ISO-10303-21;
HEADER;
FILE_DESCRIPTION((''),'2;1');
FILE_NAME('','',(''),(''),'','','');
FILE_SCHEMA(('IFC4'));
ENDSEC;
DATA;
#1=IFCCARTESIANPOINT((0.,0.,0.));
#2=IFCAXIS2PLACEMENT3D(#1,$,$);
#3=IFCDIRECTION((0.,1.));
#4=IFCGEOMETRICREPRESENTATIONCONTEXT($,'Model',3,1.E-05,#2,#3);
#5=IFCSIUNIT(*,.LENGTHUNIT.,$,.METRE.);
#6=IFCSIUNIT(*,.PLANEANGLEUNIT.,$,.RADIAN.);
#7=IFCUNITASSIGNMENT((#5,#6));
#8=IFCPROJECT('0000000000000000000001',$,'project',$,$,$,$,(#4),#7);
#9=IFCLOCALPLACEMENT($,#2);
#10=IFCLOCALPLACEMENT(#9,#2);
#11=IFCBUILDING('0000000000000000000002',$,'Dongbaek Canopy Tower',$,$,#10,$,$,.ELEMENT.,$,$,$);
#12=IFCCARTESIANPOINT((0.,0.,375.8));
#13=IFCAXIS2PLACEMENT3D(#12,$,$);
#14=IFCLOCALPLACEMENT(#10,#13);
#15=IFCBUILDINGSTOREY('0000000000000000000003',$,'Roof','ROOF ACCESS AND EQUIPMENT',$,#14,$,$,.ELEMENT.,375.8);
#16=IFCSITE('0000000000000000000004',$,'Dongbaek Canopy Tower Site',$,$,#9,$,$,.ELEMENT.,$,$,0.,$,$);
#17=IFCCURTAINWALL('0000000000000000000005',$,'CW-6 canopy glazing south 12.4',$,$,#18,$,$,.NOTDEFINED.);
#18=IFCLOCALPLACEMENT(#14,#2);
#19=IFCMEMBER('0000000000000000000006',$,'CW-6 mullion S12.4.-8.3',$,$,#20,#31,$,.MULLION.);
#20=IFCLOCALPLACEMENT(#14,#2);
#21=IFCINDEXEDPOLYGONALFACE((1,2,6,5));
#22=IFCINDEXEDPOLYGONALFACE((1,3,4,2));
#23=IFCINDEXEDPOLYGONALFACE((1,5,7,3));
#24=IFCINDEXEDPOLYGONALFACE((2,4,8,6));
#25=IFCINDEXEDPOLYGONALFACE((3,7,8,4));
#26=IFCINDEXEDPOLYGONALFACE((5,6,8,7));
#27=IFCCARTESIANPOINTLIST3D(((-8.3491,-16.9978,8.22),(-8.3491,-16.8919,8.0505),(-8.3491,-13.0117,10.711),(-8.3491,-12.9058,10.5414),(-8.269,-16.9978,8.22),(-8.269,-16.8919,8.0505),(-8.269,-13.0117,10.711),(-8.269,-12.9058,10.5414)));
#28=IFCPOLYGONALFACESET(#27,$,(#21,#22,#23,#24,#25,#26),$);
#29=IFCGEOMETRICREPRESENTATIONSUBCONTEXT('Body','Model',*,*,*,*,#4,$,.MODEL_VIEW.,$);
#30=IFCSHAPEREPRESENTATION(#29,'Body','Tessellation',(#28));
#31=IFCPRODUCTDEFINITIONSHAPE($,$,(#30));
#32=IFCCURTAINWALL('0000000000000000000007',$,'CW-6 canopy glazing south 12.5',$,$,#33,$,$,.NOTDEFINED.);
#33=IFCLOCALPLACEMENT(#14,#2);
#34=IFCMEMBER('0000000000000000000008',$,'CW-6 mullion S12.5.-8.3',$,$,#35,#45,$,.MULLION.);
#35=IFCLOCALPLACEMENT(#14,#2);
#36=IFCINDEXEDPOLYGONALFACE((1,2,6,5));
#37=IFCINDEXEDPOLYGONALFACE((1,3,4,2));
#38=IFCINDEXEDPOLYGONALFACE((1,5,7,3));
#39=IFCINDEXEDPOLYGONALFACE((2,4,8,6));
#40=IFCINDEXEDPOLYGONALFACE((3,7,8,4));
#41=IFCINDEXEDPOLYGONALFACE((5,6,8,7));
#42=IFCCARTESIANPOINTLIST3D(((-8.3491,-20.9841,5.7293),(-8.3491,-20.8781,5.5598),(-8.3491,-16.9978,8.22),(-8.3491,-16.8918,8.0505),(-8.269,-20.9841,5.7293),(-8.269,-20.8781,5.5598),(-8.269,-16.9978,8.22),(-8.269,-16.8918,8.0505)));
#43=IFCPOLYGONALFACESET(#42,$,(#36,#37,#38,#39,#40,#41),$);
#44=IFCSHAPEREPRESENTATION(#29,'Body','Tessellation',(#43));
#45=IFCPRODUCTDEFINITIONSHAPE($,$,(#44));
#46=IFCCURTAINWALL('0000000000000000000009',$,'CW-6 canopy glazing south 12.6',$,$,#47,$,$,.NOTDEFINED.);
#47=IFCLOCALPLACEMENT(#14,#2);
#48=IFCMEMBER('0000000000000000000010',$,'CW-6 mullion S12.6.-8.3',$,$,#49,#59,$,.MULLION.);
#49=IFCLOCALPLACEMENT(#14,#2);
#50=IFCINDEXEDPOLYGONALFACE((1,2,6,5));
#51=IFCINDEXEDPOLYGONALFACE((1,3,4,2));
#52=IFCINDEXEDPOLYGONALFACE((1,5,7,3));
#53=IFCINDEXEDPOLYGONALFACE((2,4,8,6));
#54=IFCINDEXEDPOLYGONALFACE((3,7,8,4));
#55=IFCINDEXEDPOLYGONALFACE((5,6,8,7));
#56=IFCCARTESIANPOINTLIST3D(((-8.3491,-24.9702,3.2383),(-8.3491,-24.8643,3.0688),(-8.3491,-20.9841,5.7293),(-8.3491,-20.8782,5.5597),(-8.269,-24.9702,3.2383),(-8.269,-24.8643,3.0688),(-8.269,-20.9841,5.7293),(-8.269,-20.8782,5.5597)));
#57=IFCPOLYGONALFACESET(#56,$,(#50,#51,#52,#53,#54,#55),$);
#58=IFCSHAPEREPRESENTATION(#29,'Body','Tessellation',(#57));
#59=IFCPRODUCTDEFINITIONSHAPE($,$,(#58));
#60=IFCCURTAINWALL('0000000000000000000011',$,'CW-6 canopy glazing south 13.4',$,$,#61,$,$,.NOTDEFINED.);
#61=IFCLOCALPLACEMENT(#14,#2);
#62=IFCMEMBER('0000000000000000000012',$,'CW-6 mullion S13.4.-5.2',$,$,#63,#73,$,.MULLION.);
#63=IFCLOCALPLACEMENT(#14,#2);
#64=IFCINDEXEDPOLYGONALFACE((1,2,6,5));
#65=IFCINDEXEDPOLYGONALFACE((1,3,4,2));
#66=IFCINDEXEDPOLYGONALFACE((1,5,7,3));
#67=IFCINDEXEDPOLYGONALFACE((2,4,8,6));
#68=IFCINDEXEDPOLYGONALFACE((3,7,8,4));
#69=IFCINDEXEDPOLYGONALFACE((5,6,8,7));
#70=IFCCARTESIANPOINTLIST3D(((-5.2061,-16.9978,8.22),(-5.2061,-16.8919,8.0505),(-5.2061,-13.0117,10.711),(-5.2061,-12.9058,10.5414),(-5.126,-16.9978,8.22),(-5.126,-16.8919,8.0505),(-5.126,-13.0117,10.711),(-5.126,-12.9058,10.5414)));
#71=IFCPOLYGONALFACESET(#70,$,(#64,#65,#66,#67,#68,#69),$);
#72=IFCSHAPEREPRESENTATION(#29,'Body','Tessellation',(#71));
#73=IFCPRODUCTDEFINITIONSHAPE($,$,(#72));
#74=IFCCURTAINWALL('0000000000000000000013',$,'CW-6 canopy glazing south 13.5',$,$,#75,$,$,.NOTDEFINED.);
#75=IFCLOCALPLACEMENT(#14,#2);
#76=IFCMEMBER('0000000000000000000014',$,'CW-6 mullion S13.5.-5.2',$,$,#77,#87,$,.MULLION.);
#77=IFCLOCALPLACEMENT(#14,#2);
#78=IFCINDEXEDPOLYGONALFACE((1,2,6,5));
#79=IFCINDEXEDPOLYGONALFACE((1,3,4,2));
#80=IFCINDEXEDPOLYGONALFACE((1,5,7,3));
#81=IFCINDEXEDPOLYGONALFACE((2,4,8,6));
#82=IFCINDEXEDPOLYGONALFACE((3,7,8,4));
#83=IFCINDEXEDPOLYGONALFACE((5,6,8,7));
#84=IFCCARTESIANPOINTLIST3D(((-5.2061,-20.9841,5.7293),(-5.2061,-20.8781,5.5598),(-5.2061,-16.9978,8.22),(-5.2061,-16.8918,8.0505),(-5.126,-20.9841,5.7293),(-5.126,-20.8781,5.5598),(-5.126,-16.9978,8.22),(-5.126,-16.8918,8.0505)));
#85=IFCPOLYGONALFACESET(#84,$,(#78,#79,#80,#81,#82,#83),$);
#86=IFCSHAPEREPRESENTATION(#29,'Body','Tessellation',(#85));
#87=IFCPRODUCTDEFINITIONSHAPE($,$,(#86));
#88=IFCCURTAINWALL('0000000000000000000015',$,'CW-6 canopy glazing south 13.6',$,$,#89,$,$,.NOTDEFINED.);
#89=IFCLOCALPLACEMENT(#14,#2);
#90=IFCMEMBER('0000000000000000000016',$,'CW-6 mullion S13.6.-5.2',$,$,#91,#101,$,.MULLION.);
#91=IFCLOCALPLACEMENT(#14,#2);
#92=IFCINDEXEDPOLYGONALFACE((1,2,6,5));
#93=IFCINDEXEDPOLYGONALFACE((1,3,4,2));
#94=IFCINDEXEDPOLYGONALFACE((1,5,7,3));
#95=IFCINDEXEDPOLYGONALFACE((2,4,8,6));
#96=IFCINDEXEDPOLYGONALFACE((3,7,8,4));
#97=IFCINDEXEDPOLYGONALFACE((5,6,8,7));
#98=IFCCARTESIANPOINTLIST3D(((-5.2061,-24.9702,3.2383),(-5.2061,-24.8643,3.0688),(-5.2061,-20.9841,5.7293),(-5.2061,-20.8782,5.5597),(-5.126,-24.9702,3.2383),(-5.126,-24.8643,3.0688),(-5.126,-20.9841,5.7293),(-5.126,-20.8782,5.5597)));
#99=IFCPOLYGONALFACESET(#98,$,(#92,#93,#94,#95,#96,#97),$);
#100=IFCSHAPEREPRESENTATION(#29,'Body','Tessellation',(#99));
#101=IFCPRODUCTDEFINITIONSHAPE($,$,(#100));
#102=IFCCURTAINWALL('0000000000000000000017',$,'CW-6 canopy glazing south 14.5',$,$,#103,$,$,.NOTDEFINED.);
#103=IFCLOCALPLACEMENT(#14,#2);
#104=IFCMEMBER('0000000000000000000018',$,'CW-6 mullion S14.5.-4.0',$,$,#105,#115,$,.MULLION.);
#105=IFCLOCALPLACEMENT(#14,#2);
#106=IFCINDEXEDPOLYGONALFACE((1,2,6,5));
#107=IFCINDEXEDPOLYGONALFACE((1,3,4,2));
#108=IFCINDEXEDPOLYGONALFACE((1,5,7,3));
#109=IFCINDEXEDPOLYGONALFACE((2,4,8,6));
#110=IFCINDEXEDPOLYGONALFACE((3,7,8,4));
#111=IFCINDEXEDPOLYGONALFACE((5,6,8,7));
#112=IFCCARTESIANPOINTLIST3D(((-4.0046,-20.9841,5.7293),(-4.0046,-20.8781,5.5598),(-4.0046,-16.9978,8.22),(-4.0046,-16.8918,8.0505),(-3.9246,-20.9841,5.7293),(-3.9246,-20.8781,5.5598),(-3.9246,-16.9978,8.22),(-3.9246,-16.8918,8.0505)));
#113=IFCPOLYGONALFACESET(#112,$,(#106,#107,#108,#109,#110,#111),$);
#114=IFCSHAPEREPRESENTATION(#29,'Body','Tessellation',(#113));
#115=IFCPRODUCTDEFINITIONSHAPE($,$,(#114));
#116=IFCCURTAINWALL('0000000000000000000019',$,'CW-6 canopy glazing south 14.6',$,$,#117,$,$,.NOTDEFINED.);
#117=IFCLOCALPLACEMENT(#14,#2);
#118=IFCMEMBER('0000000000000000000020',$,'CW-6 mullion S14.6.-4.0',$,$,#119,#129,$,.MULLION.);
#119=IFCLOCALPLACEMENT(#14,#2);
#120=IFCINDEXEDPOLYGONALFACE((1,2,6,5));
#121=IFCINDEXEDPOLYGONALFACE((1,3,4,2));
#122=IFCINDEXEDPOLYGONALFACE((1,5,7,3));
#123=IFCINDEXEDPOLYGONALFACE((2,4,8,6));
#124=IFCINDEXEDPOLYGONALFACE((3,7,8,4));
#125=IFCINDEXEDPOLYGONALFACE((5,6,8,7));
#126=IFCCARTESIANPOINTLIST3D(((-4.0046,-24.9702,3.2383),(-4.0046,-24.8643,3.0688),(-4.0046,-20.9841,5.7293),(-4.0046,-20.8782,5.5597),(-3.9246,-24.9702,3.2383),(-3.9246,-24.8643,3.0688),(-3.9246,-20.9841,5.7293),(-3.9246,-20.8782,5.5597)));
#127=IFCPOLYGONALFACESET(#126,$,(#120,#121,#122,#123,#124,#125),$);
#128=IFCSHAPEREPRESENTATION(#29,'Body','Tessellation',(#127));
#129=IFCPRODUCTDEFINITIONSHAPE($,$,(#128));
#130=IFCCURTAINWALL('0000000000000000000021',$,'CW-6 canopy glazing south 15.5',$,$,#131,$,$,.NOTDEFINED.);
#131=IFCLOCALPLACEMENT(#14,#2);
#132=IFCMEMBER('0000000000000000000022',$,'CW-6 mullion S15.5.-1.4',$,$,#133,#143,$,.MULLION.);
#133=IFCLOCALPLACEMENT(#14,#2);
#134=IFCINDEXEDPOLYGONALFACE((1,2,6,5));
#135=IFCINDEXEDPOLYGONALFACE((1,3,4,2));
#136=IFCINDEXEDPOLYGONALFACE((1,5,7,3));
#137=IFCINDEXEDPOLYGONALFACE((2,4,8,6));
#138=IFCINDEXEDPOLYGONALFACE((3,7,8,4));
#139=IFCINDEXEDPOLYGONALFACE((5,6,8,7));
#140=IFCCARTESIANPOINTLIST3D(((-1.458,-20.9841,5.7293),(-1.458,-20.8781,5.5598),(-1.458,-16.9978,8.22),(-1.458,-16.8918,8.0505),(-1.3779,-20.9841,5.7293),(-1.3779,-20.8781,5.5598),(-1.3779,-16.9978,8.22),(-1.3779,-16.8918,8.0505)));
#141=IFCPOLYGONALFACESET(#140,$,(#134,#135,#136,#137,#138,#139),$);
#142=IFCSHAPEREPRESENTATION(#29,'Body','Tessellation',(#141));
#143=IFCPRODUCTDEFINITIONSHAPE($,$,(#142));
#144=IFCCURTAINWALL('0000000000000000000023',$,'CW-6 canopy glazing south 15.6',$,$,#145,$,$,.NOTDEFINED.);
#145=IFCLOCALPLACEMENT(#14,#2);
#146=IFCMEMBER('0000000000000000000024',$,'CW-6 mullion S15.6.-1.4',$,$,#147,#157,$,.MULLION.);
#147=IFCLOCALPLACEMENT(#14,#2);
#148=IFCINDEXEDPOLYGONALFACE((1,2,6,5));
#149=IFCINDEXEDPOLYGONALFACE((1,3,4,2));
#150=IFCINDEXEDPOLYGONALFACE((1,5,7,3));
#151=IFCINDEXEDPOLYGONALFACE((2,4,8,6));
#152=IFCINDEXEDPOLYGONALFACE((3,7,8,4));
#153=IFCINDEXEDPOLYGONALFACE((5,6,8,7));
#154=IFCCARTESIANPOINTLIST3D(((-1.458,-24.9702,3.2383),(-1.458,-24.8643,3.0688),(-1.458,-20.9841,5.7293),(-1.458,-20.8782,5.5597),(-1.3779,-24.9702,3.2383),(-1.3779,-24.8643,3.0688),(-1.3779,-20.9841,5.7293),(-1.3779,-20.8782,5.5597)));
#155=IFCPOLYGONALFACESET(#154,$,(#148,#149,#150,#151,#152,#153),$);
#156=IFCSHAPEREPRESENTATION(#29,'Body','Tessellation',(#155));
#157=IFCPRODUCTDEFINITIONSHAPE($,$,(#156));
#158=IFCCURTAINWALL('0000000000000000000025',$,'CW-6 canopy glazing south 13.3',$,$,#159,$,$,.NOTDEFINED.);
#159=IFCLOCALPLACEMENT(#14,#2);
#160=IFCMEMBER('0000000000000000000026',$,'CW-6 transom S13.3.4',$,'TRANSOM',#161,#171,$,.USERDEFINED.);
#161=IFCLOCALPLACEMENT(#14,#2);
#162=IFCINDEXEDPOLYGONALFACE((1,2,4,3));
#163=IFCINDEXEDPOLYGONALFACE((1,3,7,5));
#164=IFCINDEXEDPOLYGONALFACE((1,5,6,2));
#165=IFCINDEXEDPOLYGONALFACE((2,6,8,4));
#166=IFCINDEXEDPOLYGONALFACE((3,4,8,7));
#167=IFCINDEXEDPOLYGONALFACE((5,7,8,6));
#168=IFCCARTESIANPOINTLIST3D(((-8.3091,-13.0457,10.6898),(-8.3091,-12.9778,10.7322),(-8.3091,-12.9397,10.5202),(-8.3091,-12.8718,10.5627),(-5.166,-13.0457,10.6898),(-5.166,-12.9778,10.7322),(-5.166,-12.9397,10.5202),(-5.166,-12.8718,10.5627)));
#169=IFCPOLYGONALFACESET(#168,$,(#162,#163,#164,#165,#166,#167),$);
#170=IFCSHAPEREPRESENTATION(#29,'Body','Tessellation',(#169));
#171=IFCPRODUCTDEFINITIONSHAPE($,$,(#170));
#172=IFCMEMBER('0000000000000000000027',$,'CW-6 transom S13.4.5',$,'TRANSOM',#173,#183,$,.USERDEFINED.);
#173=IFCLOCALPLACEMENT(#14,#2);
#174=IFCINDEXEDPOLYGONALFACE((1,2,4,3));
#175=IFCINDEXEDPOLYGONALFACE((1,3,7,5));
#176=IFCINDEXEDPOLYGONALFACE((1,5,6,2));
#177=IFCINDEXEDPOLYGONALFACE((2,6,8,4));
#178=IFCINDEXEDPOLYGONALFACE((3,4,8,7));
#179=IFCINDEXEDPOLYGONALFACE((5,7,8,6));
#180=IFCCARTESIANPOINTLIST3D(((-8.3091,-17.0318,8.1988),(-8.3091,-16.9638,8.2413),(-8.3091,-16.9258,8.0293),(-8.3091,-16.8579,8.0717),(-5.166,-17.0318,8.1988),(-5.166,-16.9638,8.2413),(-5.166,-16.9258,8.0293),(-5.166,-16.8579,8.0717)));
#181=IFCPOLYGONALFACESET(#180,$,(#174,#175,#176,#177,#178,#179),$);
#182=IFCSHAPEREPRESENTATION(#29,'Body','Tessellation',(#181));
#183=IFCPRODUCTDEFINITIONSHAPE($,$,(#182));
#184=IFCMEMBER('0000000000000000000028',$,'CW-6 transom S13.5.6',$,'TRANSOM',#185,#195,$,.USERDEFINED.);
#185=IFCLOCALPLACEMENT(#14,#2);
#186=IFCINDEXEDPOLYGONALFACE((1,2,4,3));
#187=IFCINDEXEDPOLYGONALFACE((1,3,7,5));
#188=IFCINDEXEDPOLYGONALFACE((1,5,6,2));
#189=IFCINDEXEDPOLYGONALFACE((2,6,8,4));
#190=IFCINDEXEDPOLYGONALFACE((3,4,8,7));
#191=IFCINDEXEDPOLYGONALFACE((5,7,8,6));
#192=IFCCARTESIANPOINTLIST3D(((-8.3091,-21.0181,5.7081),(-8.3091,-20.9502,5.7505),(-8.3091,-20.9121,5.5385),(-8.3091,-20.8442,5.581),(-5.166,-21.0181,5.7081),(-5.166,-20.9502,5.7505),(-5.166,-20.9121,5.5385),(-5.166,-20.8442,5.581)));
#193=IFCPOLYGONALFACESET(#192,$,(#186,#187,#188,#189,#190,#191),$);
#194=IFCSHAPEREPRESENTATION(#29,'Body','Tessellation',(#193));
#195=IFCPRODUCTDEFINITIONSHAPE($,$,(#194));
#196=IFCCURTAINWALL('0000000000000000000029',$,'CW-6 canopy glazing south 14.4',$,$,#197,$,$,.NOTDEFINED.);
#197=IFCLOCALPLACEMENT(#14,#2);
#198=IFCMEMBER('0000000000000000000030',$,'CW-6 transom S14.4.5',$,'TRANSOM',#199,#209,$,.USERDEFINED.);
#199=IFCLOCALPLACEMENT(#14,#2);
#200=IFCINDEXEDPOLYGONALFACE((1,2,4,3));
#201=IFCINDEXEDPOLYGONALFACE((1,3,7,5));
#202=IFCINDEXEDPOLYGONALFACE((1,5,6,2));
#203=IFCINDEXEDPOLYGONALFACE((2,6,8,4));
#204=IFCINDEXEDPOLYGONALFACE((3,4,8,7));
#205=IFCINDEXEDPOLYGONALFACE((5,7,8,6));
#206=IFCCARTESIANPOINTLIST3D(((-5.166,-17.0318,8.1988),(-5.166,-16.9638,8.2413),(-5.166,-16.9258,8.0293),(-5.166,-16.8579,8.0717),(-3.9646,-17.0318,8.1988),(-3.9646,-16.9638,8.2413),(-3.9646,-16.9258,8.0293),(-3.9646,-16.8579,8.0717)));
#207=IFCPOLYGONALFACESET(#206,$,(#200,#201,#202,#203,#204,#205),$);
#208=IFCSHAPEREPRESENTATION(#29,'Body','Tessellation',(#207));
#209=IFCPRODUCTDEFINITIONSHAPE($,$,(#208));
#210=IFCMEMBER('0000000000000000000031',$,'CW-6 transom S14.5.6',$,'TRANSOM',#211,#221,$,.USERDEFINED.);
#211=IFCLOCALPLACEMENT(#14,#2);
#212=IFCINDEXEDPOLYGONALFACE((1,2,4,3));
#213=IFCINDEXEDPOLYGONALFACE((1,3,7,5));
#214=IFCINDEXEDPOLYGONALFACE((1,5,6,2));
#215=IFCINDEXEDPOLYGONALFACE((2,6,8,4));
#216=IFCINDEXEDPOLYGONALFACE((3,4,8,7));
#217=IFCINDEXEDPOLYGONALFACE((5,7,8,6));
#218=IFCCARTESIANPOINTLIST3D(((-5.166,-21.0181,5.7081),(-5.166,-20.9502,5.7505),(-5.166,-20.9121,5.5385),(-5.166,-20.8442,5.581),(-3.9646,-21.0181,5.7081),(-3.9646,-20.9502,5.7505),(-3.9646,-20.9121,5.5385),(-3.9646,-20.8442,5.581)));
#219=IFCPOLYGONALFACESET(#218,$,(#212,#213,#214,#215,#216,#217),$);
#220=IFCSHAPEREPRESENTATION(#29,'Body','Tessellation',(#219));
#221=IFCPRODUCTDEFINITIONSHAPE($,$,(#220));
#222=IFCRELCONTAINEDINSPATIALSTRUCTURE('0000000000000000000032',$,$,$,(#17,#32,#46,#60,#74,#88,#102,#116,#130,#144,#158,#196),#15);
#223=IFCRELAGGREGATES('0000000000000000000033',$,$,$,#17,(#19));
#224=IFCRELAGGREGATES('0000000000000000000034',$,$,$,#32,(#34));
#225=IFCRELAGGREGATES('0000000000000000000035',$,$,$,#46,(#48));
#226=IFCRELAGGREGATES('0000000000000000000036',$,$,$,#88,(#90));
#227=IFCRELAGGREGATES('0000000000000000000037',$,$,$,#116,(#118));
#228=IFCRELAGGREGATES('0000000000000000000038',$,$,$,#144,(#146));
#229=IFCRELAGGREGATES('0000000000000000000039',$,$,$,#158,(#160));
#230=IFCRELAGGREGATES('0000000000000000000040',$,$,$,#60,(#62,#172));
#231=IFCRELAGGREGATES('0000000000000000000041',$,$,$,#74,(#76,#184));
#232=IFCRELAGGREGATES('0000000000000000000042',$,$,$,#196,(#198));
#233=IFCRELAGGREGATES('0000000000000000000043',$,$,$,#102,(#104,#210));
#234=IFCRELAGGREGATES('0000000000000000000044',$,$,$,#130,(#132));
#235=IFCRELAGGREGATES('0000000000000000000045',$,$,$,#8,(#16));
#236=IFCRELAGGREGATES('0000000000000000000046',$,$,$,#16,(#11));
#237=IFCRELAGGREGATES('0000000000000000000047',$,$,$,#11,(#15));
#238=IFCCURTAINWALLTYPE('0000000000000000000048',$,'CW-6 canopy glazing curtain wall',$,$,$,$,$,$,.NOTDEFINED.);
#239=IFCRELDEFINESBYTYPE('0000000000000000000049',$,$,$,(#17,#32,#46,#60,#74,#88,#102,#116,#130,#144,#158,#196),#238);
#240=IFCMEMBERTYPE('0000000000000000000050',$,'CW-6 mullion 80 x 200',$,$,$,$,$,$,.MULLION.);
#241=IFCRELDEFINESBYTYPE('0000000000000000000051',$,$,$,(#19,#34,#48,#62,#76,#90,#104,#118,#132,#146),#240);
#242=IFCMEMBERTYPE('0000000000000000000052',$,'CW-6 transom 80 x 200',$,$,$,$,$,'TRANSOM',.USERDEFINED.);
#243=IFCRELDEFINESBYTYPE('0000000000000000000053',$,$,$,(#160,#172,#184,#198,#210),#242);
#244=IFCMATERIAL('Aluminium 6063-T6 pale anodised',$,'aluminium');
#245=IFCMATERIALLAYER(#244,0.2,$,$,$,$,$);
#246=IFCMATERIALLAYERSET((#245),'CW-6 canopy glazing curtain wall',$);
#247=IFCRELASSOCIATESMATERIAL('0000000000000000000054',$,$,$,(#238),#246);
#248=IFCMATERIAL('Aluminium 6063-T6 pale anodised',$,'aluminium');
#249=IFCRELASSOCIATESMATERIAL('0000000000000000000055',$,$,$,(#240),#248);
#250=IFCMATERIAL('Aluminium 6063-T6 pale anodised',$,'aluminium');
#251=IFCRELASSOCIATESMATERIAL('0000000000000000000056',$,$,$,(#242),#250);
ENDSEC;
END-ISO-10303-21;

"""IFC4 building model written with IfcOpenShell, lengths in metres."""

from ifc_helpers import new_model, si_unit, direction, frame, origin, origin_2d, place, context, subcontext, project, spatial, rectangle, extrude, material, layer, layer_set, material_profile, profile_set, type_object, element, aggregate, save


model = new_model("IFC4")

# Units and contexts
model_context = context("Model", 3, precision=1e-05, world=origin(), true_north=direction((0.0, 1.0)))
body_context = subcontext(model_context, "Body", "Model", "MODEL_VIEW")
ifc_project = project(units=[si_unit("LENGTHUNIT", "METRE"), si_unit("PLANEANGLEUNIT", "RADIAN")], contexts=[model_context])

# Site, building, storey
site_placement = place(None, origin())
site = spatial("IfcSite", under=ifc_project, at=site_placement, Name="Dongbaek Canopy Tower Site", CompositionType="ELEMENT", RefElevation=0.0)
building_placement = place(site_placement, origin())
building = spatial("IfcBuilding", under=site, at=building_placement, Name="Dongbaek Canopy Tower", CompositionType="ELEMENT")
storey_placement = place(building_placement, frame((0.0, 0.0, 375.8)))
storey = spatial("IfcBuildingStorey", under=building, at=storey_placement, Name="Roof", Description="ROOF ACCESS AND EQUIPMENT", CompositionType="ELEMENT", Elevation=375.8)

# Curtain walls, members
ifc_material_1 = material(Name="Aluminium 6063-T6 pale anodised", Category="aluminium")
ifc_layer_1 = layer(ifc_material_1, 0.2)
ifc_layer_set_1 = layer_set([ifc_layer_1], Name="CW-6 canopy glazing curtain wall")
curtain_wall_type = type_object("IfcCurtainWallType", Name="CW-6 canopy glazing curtain wall", PredefinedType="NOTDEFINED", material=ifc_layer_set_1)
curtain_wall_1_placement = place(storey_placement, origin())
curtain_wall_1 = element("IfcCurtainWall", 1, at=curtain_wall_1_placement, inside=storey, type_object=curtain_wall_type, Name="CW-6 canopy glazing south 12.4", PredefinedType="NOTDEFINED")
ifc_material_2 = material(Name="Aluminium 6063-T6 pale anodised", Category="aluminium")
ifc_material_profile_1 = material_profile(ifc_material_2, rectangle(XDim=0.0801, YDim=0.2, at=origin_2d()), Name="CW-6 mullion 80 x 200")
ifc_profile_set_1 = profile_set([ifc_material_profile_1], Name="Aluminium 6063-T6 pale anodised")
member_type_1 = type_object("IfcMemberType", Name="CW-6 mullion 80 x 200", PredefinedType="MULLION", material=ifc_profile_set_1)
member_1_placement = place(storey_placement, frame((-8.3091, -12.9587, 10.6262), z_axis=(0.0, -0.84803, -0.529948), x_axis=(1.0, 0.0, 0.0)))
member_1 = element("IfcMember", 2, at=member_1_placement, type_object=member_type_1, Name="CW-6 mullion S12.4.-8.3", PredefinedType="MULLION", context=body_context, shape_type="SweptSolid", body=[
    extrude(rectangle(XDim=0.0801, YDim=0.2, at=origin_2d()), origin(), (0.0, 0.0, 1.0), 4.7004),
])
aggregate(curtain_wall_1, [member_1])
curtain_wall_2_placement = place(storey_placement, origin())
curtain_wall_2 = element("IfcCurtainWall", 3, at=curtain_wall_2_placement, inside=storey, type_object=curtain_wall_type, Name="CW-6 canopy glazing south 12.5", PredefinedType="NOTDEFINED")
member_2_placement = place(storey_placement, frame((-8.3091, -16.9448, 8.1353), z_axis=(0.0, -0.848068, -0.529887), x_axis=(1.0, 0.0, 0.0)))
member_2 = element("IfcMember", 4, at=member_2_placement, type_object=member_type_1, Name="CW-6 mullion S12.5.-8.3", PredefinedType="MULLION", context=body_context, shape_type="SweptSolid", body=[
    extrude(rectangle(XDim=0.0801, YDim=0.2, at=origin_2d()), origin(), (0.0, 0.0, 1.0), 4.7004),
])
aggregate(curtain_wall_2, [member_2])
curtain_wall_3_placement = place(storey_placement, origin())
curtain_wall_3 = element("IfcCurtainWall", 5, at=curtain_wall_3_placement, inside=storey, type_object=curtain_wall_type, Name="CW-6 canopy glazing south 12.6", PredefinedType="NOTDEFINED")
member_3_placement = place(storey_placement, frame((-8.3091, -20.9312, 5.6445), z_axis=(0.0, -0.84803, -0.529948), x_axis=(1.0, 0.0, 0.0)))
member_3 = element("IfcMember", 6, at=member_3_placement, type_object=member_type_1, Name="CW-6 mullion S12.6.-8.3", PredefinedType="MULLION", context=body_context, shape_type="SweptSolid", body=[
    extrude(rectangle(XDim=0.0801, YDim=0.2, at=origin_2d()), origin(), (0.0, 0.0, 1.0), 4.7004),
])
aggregate(curtain_wall_3, [member_3])
curtain_wall_4_placement = place(storey_placement, origin())
curtain_wall_4 = element("IfcCurtainWall", 7, at=curtain_wall_4_placement, inside=storey, type_object=curtain_wall_type, Name="CW-6 canopy glazing south 13.4", PredefinedType="NOTDEFINED")
member_4_placement = place(storey_placement, frame((-5.166, -12.9587, 10.6262), z_axis=(0.0, -0.84803, -0.529948), x_axis=(1.0, 0.0, 0.0)))
member_4 = element("IfcMember", 8, at=member_4_placement, type_object=member_type_1, Name="CW-6 mullion S13.4.-5.2", PredefinedType="MULLION", context=body_context, shape_type="SweptSolid", body=[
    extrude(rectangle(XDim=0.0801, YDim=0.2, at=origin_2d()), origin(), (0.0, 0.0, 1.0), 4.7004),
])
curtain_wall_5_placement = place(storey_placement, origin())
curtain_wall_5 = element("IfcCurtainWall", 9, at=curtain_wall_5_placement, inside=storey, type_object=curtain_wall_type, Name="CW-6 canopy glazing south 13.5", PredefinedType="NOTDEFINED")
member_5_placement = place(storey_placement, frame((-5.166, -16.9448, 8.1353), z_axis=(0.0, -0.848068, -0.529887), x_axis=(1.0, 0.0, 0.0)))
member_5 = element("IfcMember", 10, at=member_5_placement, type_object=member_type_1, Name="CW-6 mullion S13.5.-5.2", PredefinedType="MULLION", context=body_context, shape_type="SweptSolid", body=[
    extrude(rectangle(XDim=0.0801, YDim=0.2, at=origin_2d()), origin(), (0.0, 0.0, 1.0), 4.7004),
])
curtain_wall_6_placement = place(storey_placement, origin())
curtain_wall_6 = element("IfcCurtainWall", 11, at=curtain_wall_6_placement, inside=storey, type_object=curtain_wall_type, Name="CW-6 canopy glazing south 13.6", PredefinedType="NOTDEFINED")
member_6_placement = place(storey_placement, frame((-5.166, -20.9312, 5.6445), z_axis=(0.0, -0.84803, -0.529948), x_axis=(1.0, 0.0, 0.0)))
member_6 = element("IfcMember", 12, at=member_6_placement, type_object=member_type_1, Name="CW-6 mullion S13.6.-5.2", PredefinedType="MULLION", context=body_context, shape_type="SweptSolid", body=[
    extrude(rectangle(XDim=0.0801, YDim=0.2, at=origin_2d()), origin(), (0.0, 0.0, 1.0), 4.7004),
])
aggregate(curtain_wall_6, [member_6])
curtain_wall_7_placement = place(storey_placement, origin())
curtain_wall_7 = element("IfcCurtainWall", 13, at=curtain_wall_7_placement, inside=storey, type_object=curtain_wall_type, Name="CW-6 canopy glazing south 14.5", PredefinedType="NOTDEFINED")
member_7_placement = place(storey_placement, frame((-3.9646, -16.9448, 8.1353), z_axis=(0.0, -0.848068, -0.529887), x_axis=(1.0, 0.0, 0.0)))
member_7 = element("IfcMember", 14, at=member_7_placement, type_object=member_type_1, Name="CW-6 mullion S14.5.-4.0", PredefinedType="MULLION", context=body_context, shape_type="SweptSolid", body=[
    extrude(rectangle(XDim=0.0801, YDim=0.2, at=origin_2d()), origin(), (0.0, 0.0, 1.0), 4.7004),
])
curtain_wall_8_placement = place(storey_placement, origin())
curtain_wall_8 = element("IfcCurtainWall", 15, at=curtain_wall_8_placement, inside=storey, type_object=curtain_wall_type, Name="CW-6 canopy glazing south 14.6", PredefinedType="NOTDEFINED")
member_8_placement = place(storey_placement, frame((-3.9646, -20.9312, 5.6445), z_axis=(0.0, -0.84803, -0.529948), x_axis=(1.0, 0.0, 0.0)))
member_8 = element("IfcMember", 16, at=member_8_placement, type_object=member_type_1, Name="CW-6 mullion S14.6.-4.0", PredefinedType="MULLION", context=body_context, shape_type="SweptSolid", body=[
    extrude(rectangle(XDim=0.0801, YDim=0.2, at=origin_2d()), origin(), (0.0, 0.0, 1.0), 4.7004),
])
aggregate(curtain_wall_8, [member_8])
curtain_wall_9_placement = place(storey_placement, origin())
curtain_wall_9 = element("IfcCurtainWall", 17, at=curtain_wall_9_placement, inside=storey, type_object=curtain_wall_type, Name="CW-6 canopy glazing south 15.5", PredefinedType="NOTDEFINED")
member_9_placement = place(storey_placement, frame((-1.418, -16.9448, 8.1353), z_axis=(0.0, -0.848068, -0.529887), x_axis=(1.0, 0.0, 0.0)))
member_9 = element("IfcMember", 18, at=member_9_placement, type_object=member_type_1, Name="CW-6 mullion S15.5.-1.4", PredefinedType="MULLION", context=body_context, shape_type="SweptSolid", body=[
    extrude(rectangle(XDim=0.0801, YDim=0.2, at=origin_2d()), origin(), (0.0, 0.0, 1.0), 4.7004),
])
curtain_wall_10_placement = place(storey_placement, origin())
curtain_wall_10 = element("IfcCurtainWall", 19, at=curtain_wall_10_placement, inside=storey, type_object=curtain_wall_type, Name="CW-6 canopy glazing south 15.6", PredefinedType="NOTDEFINED")
member_10_placement = place(storey_placement, frame((-1.418, -20.9312, 5.6445), z_axis=(0.0, -0.84803, -0.529948), x_axis=(1.0, 0.0, 0.0)))
member_10 = element("IfcMember", 20, at=member_10_placement, type_object=member_type_1, Name="CW-6 mullion S15.6.-1.4", PredefinedType="MULLION", context=body_context, shape_type="SweptSolid", body=[
    extrude(rectangle(XDim=0.0801, YDim=0.2, at=origin_2d()), origin(), (0.0, 0.0, 1.0), 4.7004),
])
aggregate(curtain_wall_10, [member_10])
curtain_wall_11_placement = place(storey_placement, origin())
curtain_wall_11 = element("IfcCurtainWall", 21, at=curtain_wall_11_placement, inside=storey, type_object=curtain_wall_type, Name="CW-6 canopy glazing south 13.3", PredefinedType="NOTDEFINED")
ifc_material_3 = material(Name="Aluminium 6063-T6 pale anodised", Category="aluminium")
ifc_material_profile_2 = material_profile(ifc_material_3, rectangle(XDim=0.0801, YDim=0.2, at=origin_2d()), Name="CW-6 transom 80 x 200")
ifc_profile_set_2 = profile_set([ifc_material_profile_2], Name="Aluminium 6063-T6 pale anodised")
member_type_2 = type_object("IfcMemberType", Name="CW-6 transom 80 x 200", ElementType="TRANSOM", PredefinedType="USERDEFINED", material=ifc_profile_set_2)
member_11_placement = place(storey_placement, frame((-8.3091, -12.9587, 10.6262), z_axis=(1.0, 0.0, 0.0), x_axis=(0.0, 0.848048, 0.529919)))
member_11 = element("IfcMember", 22, at=member_11_placement, type_object=member_type_2, Name="CW-6 transom S13.3.4", ObjectType="TRANSOM", PredefinedType="USERDEFINED", context=body_context, shape_type="SweptSolid", body=[
    extrude(rectangle(XDim=0.0801, YDim=0.2, at=origin_2d()), origin(), (0.0, 0.0, 1.0), 3.1431),
])
aggregate(curtain_wall_11, [member_11])

# Members
member_12_placement = place(storey_placement, frame((-8.3091, -16.9448, 8.1353), z_axis=(1.0, 0.0, 0.0), x_axis=(0.0, 0.848048, 0.529919)))
member_12 = element("IfcMember", 23, at=member_12_placement, type_object=member_type_2, Name="CW-6 transom S13.4.5", ObjectType="TRANSOM", PredefinedType="USERDEFINED", context=body_context, shape_type="SweptSolid", body=[
    extrude(rectangle(XDim=0.0801, YDim=0.2, at=origin_2d()), origin(), (0.0, 0.0, 1.0), 3.1431),
])
member_13_placement = place(storey_placement, frame((-8.3091, -20.9312, 5.6445), z_axis=(1.0, 0.0, 0.0), x_axis=(0.0, 0.848048, 0.529919)))
member_13 = element("IfcMember", 24, at=member_13_placement, type_object=member_type_2, Name="CW-6 transom S13.5.6", ObjectType="TRANSOM", PredefinedType="USERDEFINED", context=body_context, shape_type="SweptSolid", body=[
    extrude(rectangle(XDim=0.0801, YDim=0.2, at=origin_2d()), origin(), (0.0, 0.0, 1.0), 3.1431),
])

# Curtain wall, member
curtain_wall_12_placement = place(storey_placement, origin())
curtain_wall_12 = element("IfcCurtainWall", 25, at=curtain_wall_12_placement, inside=storey, type_object=curtain_wall_type, Name="CW-6 canopy glazing south 14.4", PredefinedType="NOTDEFINED")
member_14_placement = place(storey_placement, frame((-5.166, -16.9448, 8.1353), z_axis=(1.0, 0.0, 0.0), x_axis=(0.0, 0.848048, 0.529919)))
member_14 = element("IfcMember", 26, at=member_14_placement, type_object=member_type_2, Name="CW-6 transom S14.4.5", ObjectType="TRANSOM", PredefinedType="USERDEFINED", context=body_context, shape_type="SweptSolid", body=[
    extrude(rectangle(XDim=0.0801, YDim=0.2, at=origin_2d()), origin(), (0.0, 0.0, 1.0), 1.2014),
])

# Member
member_15_placement = place(storey_placement, frame((-5.166, -20.9312, 5.6445), z_axis=(1.0, 0.0, 0.0), x_axis=(0.0, 0.848048, 0.529919)))
member_15 = element("IfcMember", 27, at=member_15_placement, type_object=member_type_2, Name="CW-6 transom S14.5.6", ObjectType="TRANSOM", PredefinedType="USERDEFINED", context=body_context, shape_type="SweptSolid", body=[
    extrude(rectangle(XDim=0.0801, YDim=0.2, at=origin_2d()), origin(), (0.0, 0.0, 1.0), 1.2014),
])

aggregate(curtain_wall_4, [member_4, member_12])
aggregate(curtain_wall_5, [member_5, member_13])
aggregate(curtain_wall_12, [member_14])
aggregate(curtain_wall_7, [member_7, member_15])
aggregate(curtain_wall_9, [member_9])

save(model, "model.ifc")
